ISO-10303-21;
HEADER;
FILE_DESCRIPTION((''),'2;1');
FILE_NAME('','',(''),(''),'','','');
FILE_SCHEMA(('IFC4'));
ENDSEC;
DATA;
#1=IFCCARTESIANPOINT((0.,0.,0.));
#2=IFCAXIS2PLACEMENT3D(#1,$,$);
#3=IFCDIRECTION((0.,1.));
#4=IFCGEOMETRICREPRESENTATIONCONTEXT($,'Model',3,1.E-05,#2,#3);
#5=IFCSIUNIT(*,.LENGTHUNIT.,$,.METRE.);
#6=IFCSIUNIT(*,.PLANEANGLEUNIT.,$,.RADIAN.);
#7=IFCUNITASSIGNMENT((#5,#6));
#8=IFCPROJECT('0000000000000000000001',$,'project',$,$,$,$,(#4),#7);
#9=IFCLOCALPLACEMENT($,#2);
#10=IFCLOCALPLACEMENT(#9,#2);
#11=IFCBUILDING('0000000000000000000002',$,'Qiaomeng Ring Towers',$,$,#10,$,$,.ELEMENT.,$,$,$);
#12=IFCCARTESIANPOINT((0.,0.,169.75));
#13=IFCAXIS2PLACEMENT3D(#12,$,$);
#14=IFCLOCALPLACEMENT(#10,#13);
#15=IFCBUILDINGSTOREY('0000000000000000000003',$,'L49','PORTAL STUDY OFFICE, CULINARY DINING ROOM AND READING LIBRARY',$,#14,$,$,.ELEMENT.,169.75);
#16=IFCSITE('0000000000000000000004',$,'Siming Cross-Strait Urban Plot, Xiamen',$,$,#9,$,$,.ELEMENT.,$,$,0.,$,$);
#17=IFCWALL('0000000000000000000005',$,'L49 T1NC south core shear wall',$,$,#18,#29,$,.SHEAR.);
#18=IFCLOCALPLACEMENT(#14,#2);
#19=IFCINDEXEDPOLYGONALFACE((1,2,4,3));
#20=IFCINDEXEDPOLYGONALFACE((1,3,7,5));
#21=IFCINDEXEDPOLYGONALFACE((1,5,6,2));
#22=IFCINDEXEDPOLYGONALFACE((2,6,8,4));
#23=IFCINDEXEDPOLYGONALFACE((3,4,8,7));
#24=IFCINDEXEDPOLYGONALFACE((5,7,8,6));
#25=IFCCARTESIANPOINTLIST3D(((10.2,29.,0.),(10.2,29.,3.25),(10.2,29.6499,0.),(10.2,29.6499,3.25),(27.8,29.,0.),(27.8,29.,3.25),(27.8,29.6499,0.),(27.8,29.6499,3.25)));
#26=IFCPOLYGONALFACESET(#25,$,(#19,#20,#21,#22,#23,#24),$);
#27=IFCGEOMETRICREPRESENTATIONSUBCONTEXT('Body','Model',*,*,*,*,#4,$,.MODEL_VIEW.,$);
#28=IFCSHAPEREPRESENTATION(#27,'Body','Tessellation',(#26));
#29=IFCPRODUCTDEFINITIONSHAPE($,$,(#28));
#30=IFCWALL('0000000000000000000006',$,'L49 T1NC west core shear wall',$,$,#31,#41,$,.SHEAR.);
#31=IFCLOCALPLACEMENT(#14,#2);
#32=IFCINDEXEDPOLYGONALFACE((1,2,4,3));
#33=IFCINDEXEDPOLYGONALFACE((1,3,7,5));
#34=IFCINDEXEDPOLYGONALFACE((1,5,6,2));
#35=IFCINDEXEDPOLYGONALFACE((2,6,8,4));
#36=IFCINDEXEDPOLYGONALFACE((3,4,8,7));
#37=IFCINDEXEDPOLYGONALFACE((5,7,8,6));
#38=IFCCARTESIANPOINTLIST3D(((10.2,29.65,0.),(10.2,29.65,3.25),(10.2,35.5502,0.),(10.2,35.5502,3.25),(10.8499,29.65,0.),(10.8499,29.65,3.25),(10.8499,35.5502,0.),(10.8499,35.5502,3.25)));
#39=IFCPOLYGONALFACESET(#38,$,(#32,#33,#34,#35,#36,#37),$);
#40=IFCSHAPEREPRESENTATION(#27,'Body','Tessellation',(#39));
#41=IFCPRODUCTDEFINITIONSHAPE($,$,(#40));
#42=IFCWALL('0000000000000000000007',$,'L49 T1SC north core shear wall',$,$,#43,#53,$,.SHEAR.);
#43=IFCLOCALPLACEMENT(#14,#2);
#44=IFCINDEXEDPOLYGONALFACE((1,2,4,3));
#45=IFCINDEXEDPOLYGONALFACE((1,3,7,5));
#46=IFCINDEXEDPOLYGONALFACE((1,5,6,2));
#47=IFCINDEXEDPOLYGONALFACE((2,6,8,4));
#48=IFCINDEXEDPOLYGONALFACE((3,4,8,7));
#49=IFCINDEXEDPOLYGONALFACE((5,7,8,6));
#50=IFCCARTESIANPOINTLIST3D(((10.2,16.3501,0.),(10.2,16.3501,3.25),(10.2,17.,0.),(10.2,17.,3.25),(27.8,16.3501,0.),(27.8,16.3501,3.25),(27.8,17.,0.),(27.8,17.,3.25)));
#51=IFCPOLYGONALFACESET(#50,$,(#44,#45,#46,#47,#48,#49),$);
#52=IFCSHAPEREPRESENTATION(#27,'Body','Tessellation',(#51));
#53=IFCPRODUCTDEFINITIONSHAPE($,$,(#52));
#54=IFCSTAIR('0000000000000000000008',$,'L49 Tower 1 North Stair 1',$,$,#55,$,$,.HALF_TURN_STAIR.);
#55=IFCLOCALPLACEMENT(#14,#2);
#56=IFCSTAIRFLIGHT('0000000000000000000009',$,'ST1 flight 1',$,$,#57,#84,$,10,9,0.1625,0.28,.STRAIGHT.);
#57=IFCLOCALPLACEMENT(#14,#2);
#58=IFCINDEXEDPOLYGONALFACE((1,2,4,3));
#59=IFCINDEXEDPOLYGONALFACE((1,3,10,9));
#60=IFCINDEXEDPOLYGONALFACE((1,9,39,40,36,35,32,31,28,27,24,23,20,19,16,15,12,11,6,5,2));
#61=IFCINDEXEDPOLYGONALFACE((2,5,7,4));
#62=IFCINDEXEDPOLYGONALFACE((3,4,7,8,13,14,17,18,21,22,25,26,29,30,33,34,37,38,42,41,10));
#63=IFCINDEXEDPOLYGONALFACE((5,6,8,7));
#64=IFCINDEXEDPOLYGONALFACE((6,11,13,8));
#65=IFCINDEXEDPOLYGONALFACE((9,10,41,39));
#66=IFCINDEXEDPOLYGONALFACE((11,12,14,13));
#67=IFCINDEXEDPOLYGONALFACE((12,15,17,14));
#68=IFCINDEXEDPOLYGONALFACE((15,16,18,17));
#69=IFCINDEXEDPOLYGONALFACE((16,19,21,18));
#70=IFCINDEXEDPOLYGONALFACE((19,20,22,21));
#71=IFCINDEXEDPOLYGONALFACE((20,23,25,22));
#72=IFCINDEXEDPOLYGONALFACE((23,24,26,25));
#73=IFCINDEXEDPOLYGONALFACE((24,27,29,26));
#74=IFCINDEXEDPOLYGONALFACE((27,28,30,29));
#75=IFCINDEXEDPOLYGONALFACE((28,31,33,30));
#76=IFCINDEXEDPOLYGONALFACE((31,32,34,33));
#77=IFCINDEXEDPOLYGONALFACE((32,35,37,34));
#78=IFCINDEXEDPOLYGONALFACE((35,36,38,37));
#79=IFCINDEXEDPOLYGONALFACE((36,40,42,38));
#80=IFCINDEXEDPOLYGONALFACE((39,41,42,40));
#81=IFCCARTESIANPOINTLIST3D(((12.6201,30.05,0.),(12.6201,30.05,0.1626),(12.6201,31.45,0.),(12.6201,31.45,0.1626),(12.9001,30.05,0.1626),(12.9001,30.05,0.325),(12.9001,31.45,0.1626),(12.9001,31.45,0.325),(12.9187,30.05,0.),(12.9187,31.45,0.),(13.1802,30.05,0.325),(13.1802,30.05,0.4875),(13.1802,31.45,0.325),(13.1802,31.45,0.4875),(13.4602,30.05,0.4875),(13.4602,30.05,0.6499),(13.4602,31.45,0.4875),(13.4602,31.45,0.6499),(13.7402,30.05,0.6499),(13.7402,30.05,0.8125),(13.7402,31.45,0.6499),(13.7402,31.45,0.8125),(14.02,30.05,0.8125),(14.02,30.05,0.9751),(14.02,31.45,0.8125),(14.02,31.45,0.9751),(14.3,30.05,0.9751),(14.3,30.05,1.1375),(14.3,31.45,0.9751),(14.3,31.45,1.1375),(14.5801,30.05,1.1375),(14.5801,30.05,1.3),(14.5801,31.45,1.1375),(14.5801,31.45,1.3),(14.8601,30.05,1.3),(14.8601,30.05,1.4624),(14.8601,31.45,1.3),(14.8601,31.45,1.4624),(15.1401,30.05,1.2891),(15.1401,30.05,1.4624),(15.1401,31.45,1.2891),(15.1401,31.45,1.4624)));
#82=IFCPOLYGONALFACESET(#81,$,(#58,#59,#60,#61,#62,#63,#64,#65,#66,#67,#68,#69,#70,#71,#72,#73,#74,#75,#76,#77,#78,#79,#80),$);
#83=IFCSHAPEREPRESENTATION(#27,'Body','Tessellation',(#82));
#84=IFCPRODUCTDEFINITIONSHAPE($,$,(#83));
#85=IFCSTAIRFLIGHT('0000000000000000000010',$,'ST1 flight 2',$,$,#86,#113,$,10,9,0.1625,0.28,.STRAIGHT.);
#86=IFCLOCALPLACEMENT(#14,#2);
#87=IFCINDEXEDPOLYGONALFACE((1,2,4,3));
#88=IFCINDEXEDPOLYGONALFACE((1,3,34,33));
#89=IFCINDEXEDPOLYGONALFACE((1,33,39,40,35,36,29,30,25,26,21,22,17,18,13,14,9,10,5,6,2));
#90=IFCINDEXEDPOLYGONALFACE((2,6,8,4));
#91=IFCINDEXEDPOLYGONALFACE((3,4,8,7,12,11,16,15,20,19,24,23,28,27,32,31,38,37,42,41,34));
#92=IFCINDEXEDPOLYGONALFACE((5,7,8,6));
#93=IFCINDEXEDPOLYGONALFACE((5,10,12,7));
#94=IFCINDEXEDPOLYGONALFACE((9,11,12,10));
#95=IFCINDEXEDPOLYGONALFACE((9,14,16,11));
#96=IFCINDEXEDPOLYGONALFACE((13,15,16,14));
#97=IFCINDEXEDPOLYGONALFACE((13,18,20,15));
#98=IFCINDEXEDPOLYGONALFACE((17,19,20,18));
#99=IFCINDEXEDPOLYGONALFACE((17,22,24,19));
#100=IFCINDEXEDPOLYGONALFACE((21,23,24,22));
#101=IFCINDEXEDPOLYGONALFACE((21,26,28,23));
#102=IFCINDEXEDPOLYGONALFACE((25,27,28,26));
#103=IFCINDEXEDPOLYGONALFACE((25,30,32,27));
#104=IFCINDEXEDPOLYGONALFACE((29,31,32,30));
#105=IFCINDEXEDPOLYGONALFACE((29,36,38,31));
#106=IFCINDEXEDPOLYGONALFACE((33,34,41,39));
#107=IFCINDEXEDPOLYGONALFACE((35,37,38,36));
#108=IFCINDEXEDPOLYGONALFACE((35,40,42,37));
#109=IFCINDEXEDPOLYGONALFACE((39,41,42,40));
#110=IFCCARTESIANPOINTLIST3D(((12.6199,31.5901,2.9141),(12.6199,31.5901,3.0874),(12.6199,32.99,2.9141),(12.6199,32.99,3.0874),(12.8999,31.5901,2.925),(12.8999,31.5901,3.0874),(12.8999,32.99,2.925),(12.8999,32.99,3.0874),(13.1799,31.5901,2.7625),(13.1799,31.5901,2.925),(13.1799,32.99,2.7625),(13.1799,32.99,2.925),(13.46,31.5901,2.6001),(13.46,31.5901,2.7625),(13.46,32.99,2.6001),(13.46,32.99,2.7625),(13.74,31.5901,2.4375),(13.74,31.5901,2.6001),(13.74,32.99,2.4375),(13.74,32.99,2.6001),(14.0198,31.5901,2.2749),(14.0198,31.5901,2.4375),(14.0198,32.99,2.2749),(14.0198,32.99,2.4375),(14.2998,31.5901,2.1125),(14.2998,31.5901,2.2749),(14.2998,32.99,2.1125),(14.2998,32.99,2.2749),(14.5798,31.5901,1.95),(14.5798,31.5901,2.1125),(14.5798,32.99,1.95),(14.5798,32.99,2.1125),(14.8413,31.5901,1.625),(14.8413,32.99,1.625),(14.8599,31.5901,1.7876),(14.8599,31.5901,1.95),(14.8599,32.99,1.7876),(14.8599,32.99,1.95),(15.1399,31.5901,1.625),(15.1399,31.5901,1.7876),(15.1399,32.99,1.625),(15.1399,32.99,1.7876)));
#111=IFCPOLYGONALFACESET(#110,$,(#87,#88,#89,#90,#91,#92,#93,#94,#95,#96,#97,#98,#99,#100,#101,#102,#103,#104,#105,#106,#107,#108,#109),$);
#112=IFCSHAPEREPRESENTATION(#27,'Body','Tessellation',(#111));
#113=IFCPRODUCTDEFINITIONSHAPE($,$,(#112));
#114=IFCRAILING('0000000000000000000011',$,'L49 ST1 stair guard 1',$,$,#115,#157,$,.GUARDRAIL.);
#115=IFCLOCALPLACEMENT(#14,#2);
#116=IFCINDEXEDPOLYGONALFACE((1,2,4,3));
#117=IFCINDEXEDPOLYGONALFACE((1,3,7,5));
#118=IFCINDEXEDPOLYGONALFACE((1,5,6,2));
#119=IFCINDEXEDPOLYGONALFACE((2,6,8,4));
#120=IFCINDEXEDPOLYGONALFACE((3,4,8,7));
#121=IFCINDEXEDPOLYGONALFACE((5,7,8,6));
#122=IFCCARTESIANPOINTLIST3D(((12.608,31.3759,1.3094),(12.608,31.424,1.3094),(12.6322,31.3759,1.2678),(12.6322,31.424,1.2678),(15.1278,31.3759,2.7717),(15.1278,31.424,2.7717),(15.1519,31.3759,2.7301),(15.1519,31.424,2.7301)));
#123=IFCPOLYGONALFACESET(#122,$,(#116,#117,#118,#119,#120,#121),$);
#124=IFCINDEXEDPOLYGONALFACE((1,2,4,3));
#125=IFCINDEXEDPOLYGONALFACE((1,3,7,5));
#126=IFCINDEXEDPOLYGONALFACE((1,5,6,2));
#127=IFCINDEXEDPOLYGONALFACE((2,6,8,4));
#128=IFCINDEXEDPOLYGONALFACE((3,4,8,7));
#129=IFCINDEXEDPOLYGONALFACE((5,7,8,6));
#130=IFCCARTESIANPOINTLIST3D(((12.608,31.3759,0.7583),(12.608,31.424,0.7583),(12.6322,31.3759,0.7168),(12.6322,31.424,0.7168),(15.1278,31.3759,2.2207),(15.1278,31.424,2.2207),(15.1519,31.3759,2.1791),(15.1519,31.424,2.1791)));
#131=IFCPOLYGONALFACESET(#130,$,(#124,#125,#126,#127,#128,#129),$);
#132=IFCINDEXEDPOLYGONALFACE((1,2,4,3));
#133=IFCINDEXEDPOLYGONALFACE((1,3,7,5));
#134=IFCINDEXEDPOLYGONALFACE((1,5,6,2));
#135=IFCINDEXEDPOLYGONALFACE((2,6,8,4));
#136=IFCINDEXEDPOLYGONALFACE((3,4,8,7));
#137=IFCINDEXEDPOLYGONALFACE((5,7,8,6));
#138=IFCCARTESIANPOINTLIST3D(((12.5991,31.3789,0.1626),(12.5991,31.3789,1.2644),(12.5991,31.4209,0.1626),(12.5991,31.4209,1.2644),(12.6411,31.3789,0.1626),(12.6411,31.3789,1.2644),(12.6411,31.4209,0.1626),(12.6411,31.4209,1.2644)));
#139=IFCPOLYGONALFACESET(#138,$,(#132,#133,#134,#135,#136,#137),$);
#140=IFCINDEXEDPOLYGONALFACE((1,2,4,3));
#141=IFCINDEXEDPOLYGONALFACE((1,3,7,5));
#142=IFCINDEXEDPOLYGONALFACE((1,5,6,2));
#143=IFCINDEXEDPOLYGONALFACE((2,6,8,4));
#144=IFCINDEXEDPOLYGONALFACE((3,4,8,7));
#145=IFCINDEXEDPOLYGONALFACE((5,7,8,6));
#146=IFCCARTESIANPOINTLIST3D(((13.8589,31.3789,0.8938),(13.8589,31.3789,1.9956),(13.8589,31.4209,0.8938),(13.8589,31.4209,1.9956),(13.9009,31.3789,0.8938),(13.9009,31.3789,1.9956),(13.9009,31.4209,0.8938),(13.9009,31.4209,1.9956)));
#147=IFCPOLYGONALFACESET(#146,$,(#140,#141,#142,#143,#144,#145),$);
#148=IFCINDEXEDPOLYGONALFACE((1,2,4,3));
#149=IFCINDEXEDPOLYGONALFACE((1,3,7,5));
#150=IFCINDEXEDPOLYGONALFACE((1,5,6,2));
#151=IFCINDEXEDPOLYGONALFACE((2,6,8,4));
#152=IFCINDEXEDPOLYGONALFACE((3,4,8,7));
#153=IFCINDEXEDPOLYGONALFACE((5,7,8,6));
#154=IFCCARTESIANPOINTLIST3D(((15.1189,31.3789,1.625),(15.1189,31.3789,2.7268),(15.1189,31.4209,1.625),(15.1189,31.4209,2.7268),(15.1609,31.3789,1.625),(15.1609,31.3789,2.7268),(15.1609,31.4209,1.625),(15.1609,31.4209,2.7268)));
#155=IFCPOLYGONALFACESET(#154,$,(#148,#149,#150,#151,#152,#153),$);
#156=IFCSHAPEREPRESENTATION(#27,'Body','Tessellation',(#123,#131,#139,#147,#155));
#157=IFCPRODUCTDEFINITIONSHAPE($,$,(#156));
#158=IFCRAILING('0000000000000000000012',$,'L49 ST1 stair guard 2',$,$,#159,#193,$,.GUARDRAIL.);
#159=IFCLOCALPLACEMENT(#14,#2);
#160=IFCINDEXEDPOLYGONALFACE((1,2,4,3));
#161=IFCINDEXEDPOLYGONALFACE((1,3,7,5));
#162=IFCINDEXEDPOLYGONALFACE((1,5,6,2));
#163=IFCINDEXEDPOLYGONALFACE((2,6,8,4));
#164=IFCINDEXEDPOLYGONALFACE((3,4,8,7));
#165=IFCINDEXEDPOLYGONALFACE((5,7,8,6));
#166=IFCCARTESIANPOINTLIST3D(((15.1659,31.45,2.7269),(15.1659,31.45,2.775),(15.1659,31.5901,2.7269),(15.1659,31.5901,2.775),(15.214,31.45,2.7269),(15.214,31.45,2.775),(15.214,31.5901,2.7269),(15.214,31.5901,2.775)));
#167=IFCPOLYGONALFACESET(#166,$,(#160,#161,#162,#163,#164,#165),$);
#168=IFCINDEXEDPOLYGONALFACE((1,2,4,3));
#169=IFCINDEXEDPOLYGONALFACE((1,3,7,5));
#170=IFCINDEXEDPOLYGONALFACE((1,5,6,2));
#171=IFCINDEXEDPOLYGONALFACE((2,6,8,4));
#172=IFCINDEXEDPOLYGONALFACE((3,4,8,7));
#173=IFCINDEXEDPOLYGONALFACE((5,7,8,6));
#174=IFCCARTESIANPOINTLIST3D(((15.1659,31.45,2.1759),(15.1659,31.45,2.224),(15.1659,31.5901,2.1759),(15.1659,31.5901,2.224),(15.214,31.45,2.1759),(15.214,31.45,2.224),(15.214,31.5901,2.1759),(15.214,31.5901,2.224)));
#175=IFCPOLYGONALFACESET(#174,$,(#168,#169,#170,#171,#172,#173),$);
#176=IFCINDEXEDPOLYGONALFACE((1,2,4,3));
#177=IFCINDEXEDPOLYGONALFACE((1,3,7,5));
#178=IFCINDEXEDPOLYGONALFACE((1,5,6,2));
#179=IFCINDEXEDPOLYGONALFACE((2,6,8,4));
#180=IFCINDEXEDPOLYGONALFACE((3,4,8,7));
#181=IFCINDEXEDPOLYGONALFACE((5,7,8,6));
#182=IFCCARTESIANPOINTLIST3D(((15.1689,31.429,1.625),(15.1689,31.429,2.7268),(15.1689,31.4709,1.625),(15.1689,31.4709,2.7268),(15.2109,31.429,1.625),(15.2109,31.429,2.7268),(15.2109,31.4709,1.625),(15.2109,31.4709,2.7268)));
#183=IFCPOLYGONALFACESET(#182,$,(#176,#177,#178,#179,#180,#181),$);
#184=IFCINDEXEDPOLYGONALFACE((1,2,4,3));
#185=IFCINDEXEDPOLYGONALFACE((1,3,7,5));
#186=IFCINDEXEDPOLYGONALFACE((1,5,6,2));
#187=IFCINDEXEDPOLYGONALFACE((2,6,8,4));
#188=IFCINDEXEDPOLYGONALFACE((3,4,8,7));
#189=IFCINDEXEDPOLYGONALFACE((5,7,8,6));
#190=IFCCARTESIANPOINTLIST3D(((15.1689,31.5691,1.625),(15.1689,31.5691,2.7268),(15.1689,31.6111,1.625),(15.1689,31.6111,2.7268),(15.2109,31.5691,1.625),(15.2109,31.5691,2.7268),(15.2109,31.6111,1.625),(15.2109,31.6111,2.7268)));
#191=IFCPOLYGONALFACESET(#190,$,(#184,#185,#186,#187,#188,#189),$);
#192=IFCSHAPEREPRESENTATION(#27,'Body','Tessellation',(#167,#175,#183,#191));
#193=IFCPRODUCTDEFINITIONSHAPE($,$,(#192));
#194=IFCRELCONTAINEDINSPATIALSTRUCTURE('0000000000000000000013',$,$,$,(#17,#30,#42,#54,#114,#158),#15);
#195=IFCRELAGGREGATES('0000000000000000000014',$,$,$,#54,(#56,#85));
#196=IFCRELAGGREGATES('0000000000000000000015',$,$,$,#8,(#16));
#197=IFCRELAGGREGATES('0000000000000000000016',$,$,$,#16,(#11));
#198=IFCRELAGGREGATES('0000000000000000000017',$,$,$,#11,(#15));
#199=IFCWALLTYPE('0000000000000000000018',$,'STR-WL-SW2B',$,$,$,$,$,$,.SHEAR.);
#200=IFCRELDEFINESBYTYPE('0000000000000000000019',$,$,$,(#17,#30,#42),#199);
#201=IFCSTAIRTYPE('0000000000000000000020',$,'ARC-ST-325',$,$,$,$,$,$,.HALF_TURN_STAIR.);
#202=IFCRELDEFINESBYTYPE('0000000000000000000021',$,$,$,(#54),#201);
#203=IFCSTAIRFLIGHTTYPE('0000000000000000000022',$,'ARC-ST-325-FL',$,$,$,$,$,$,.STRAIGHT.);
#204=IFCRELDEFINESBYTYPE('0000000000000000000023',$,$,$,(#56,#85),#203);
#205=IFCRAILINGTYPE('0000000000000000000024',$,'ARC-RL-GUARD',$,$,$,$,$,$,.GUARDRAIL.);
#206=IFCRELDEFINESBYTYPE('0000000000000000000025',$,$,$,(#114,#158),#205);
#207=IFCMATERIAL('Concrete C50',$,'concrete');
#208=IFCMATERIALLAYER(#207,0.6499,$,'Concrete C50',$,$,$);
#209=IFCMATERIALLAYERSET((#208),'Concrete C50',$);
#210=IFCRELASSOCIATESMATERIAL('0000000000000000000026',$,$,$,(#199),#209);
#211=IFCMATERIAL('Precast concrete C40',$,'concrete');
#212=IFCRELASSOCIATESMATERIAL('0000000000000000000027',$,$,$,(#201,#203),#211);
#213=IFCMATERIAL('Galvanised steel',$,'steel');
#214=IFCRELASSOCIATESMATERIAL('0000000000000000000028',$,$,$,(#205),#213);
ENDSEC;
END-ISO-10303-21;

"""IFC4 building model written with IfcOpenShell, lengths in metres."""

from ifc_helpers import new_model, si_unit, direction, frame, frame_2d, origin, origin_2d, place, context, subcontext, project, spatial, polyline, rectangle, outline, extrude, source, transform, mapped, material, layer, layer_set, type_object, element, aggregate, save


model = new_model("IFC4")

# Units and contexts
model_context = context("Model", 3, precision=1e-05, world=origin(), true_north=direction((0.0, 1.0)))
body_context = subcontext(model_context, "Body", "Model", "MODEL_VIEW")
ifc_project = project(units=[si_unit("LENGTHUNIT", "METRE"), si_unit("PLANEANGLEUNIT", "RADIAN")], contexts=[model_context])

# Site, building, storey
site_placement = place(None, origin())
site = spatial("IfcSite", under=ifc_project, at=site_placement, Name="Siming Cross-Strait Urban Plot, Xiamen", CompositionType="ELEMENT", RefElevation=0.0)
building_placement = place(site_placement, origin())
building = spatial("IfcBuilding", under=site, at=building_placement, Name="Qiaomeng Ring Towers", CompositionType="ELEMENT")
storey_placement = place(building_placement, frame((0.0, 0.0, 169.75)))
storey = spatial("IfcBuildingStorey", under=building, at=storey_placement, Name="L49", Description="PORTAL STUDY OFFICE, CULINARY DINING ROOM AND READING LIBRARY", CompositionType="ELEMENT", Elevation=169.75)

# Shared definitions
ifc_material_1 = material(Name="Precast concrete C40", Category="concrete")

# Shared definitions
ifc_material_2 = material(Name="Galvanised steel", Category="steel")

# Walls
ifc_material_3 = material(Name="Concrete C50", Category="concrete")
ifc_layer_1 = layer(ifc_material_3, 0.6499, Name="Concrete C50")
ifc_layer_set_1 = layer_set([ifc_layer_1], Name="Concrete C50")
wall_type_1 = type_object("IfcWallType", Name="STR-WL-SW2B", PredefinedType="SHEAR", material=ifc_layer_set_1)
wall_1_placement = place(storey_placement, frame((10.2, 29.325, 0.0), z_axis=(0.0, 0.0, 1.0), x_axis=(1.0, 0.0, 0.0)))
element("IfcWall", 1, at=wall_1_placement, inside=storey, type_object=wall_type_1, Name="L49 T1NC south core shear wall", PredefinedType="SHEAR", context=body_context, shape_type="SweptSolid", body=[
    extrude(rectangle(XDim=17.6001, YDim=0.6499, at=frame_2d((8.8, 0.0))), origin(), (0.0, 0.0, 1.0), 3.25),
])
wall_2_placement = place(storey_placement, frame((10.5249, 29.6499, 0.0), z_axis=(0.0, 0.0, 1.0), x_axis=(0.0, 1.0, 0.0)))
element("IfcWall", 2, at=wall_2_placement, inside=storey, type_object=wall_type_1, Name="L49 T1NC west core shear wall", PredefinedType="SHEAR", context=body_context, shape_type="SweptSolid", body=[
    extrude(rectangle(XDim=5.9001, YDim=0.6499, at=frame_2d((2.9502, 0.0))), origin(), (0.0, 0.0, 1.0), 3.25),
])
wall_3_placement = place(storey_placement, frame((10.2, 16.675, 0.0), z_axis=(0.0, 0.0, 1.0), x_axis=(1.0, 0.0, 0.0)))
element("IfcWall", 3, at=wall_3_placement, inside=storey, type_object=wall_type_1, Name="L49 T1SC north core shear wall", PredefinedType="SHEAR", context=body_context, shape_type="SweptSolid", body=[
    extrude(rectangle(XDim=17.6001, YDim=0.6499, at=frame_2d((8.8, 0.0))), origin(), (0.0, 0.0, 1.0), 3.25),
])

# Stair, stair flights
stair_type = type_object("IfcStairType", Name="ARC-ST-325", PredefinedType="HALF_TURN_STAIR", material=ifc_material_1)
stair_placement = place(storey_placement, origin())
stair = element("IfcStair", 4, at=stair_placement, inside=storey, type_object=stair_type, Name="L49 Tower 1 North Stair 1", PredefinedType="HALF_TURN_STAIR")
stair_flight_type = type_object("IfcStairFlightType", Name="ARC-ST-325-FL", PredefinedType="STRAIGHT", material=ifc_material_1)
shared_shape_1 = source(origin(), body_context, "Body", "SweptSolid", [
    extrude(outline(polyline([(0.0, 0.0), (0.0, 0.1626), (0.28, 0.1626), (0.28, 0.325), (0.5601, 0.325), (0.5601, 0.4875), (0.8401, 0.4875), (0.8401, 0.6499), (1.1201, 0.6499), (1.1201, 0.8125), (1.3999, 0.8125), (1.3999, 0.9751), (1.6799, 0.9751), (1.6799, 1.1375), (1.96, 1.1375), (1.96, 1.3), (2.24, 1.3), (2.24, 1.4624), (2.52, 1.4624), (2.52, 1.625), (2.52, 1.2891), (0.2986, 0.0), (0.0, 0.0)])), frame((0.0, 0.7, 0.0), z_axis=(0.0, -1.0, 0.0), x_axis=(1.0, 0.0, 0.0)), (0.0, 0.0, 1.0), 1.3999),
])
stair_flight_1_placement = place(storey_placement, frame((12.6201, 30.75, 0.0), z_axis=(0.0, 0.0, 1.0), x_axis=(1.0, 0.0, 0.0)))
stair_flight_1 = element("IfcStairFlight", 5, at=stair_flight_1_placement, type_object=stair_flight_type, Name="ST1 flight 1", NumberOfRisers=10, NumberOfTreads=9, PredefinedType="STRAIGHT", RiserHeight=0.1625, TreadLength=0.28, context=body_context, shape_type="MappedRepresentation", body=[
    mapped(shared_shape_1, transform((0.0, 0.0, 0.0), x_axis=(1.0, 0.0, 0.0), y_axis=(0.0, 1.0, 0.0), z_axis=(0.0, 0.0, 1.0), scale=1.0)),
])
stair_flight_2_placement = place(storey_placement, frame((15.1399, 32.29, 1.625), z_axis=(0.0, 0.0, 1.0), x_axis=(-1.0, 0.0, 0.0)))
stair_flight_2 = element("IfcStairFlight", 6, at=stair_flight_2_placement, type_object=stair_flight_type, Name="ST1 flight 2", NumberOfRisers=10, NumberOfTreads=9, PredefinedType="STRAIGHT", RiserHeight=0.1625, TreadLength=0.28, context=body_context, shape_type="MappedRepresentation", body=[
    mapped(shared_shape_1, transform((0.0, 0.0, 0.0), x_axis=(1.0, 0.0, 0.0), y_axis=(0.0, 1.0, 0.0), z_axis=(0.0, 0.0, 1.0), scale=1.0)),
])
aggregate(stair, [stair_flight_1, stair_flight_2])

# Railings
railing_type_1 = type_object("IfcRailingType", Name="ARC-RL-GUARD", PredefinedType="GUARDRAIL", material=ifc_material_2)
railing_1_placement = place(storey_placement, frame((12.6201, 31.3999, 0.1626)))
element("IfcRailing", 7, at=railing_1_placement, inside=storey, type_object=railing_type_1, Name="L49 ST1 stair guard 1", PredefinedType="GUARDRAIL", context=body_context, shape_type="SweptSolid", body=[
    extrude(rectangle(XDim=0.0481, YDim=0.0481, at=origin_2d()), frame((0.0, 0.0, 1.126), z_axis=(0.864892, 0.0, 0.501958), x_axis=(0.0, 1.0, 0.0)), (0.0, 0.0, 1.0), 2.9133),
    extrude(rectangle(XDim=0.0481, YDim=0.0481, at=origin_2d()), frame((0.0, 0.0, 0.575), z_axis=(0.864892, 0.0, 0.501958), x_axis=(0.0, 1.0, 0.0)), (0.0, 0.0, 1.0), 2.9133),
    extrude(rectangle(XDim=0.042, YDim=0.042, at=origin_2d()), origin(), (0.0, 0.0, 1.0), 1.1018),
    extrude(rectangle(XDim=0.042, YDim=0.042, at=origin_2d()), frame((1.2598, 0.0, 0.7312)), (0.0, 0.0, 1.0), 1.1018),
    extrude(rectangle(XDim=0.042, YDim=0.042, at=origin_2d()), frame((2.5198, 0.0, 1.4624)), (0.0, 0.0, 1.0), 1.1018),
])
railing_2_placement = place(storey_placement, frame((15.1899, 31.45, 1.625)))
element("IfcRailing", 8, at=railing_2_placement, inside=storey, type_object=railing_type_1, Name="L49 ST1 stair guard 2", PredefinedType="GUARDRAIL", context=body_context, shape_type="SweptSolid", body=[
    extrude(rectangle(XDim=0.0481, YDim=0.0481, at=origin_2d()), frame((0.0, 0.0, 1.126), z_axis=(0.0, 1.0, 0.0), x_axis=(-1.0, 0.0, 0.0)), (0.0, 0.0, 1.0), 0.1401),
    extrude(rectangle(XDim=0.0481, YDim=0.0481, at=origin_2d()), frame((0.0, 0.0, 0.575), z_axis=(0.0, 1.0, 0.0), x_axis=(-1.0, 0.0, 0.0)), (0.0, 0.0, 1.0), 0.1401),
    extrude(rectangle(XDim=0.042, YDim=0.042, at=origin_2d()), origin(), (0.0, 0.0, 1.0), 1.1018),
    extrude(rectangle(XDim=0.042, YDim=0.042, at=origin_2d()), frame((0.0, 0.1401, 0.0)), (0.0, 0.0, 1.0), 1.1018),
])

save(model, "model.ifc")
